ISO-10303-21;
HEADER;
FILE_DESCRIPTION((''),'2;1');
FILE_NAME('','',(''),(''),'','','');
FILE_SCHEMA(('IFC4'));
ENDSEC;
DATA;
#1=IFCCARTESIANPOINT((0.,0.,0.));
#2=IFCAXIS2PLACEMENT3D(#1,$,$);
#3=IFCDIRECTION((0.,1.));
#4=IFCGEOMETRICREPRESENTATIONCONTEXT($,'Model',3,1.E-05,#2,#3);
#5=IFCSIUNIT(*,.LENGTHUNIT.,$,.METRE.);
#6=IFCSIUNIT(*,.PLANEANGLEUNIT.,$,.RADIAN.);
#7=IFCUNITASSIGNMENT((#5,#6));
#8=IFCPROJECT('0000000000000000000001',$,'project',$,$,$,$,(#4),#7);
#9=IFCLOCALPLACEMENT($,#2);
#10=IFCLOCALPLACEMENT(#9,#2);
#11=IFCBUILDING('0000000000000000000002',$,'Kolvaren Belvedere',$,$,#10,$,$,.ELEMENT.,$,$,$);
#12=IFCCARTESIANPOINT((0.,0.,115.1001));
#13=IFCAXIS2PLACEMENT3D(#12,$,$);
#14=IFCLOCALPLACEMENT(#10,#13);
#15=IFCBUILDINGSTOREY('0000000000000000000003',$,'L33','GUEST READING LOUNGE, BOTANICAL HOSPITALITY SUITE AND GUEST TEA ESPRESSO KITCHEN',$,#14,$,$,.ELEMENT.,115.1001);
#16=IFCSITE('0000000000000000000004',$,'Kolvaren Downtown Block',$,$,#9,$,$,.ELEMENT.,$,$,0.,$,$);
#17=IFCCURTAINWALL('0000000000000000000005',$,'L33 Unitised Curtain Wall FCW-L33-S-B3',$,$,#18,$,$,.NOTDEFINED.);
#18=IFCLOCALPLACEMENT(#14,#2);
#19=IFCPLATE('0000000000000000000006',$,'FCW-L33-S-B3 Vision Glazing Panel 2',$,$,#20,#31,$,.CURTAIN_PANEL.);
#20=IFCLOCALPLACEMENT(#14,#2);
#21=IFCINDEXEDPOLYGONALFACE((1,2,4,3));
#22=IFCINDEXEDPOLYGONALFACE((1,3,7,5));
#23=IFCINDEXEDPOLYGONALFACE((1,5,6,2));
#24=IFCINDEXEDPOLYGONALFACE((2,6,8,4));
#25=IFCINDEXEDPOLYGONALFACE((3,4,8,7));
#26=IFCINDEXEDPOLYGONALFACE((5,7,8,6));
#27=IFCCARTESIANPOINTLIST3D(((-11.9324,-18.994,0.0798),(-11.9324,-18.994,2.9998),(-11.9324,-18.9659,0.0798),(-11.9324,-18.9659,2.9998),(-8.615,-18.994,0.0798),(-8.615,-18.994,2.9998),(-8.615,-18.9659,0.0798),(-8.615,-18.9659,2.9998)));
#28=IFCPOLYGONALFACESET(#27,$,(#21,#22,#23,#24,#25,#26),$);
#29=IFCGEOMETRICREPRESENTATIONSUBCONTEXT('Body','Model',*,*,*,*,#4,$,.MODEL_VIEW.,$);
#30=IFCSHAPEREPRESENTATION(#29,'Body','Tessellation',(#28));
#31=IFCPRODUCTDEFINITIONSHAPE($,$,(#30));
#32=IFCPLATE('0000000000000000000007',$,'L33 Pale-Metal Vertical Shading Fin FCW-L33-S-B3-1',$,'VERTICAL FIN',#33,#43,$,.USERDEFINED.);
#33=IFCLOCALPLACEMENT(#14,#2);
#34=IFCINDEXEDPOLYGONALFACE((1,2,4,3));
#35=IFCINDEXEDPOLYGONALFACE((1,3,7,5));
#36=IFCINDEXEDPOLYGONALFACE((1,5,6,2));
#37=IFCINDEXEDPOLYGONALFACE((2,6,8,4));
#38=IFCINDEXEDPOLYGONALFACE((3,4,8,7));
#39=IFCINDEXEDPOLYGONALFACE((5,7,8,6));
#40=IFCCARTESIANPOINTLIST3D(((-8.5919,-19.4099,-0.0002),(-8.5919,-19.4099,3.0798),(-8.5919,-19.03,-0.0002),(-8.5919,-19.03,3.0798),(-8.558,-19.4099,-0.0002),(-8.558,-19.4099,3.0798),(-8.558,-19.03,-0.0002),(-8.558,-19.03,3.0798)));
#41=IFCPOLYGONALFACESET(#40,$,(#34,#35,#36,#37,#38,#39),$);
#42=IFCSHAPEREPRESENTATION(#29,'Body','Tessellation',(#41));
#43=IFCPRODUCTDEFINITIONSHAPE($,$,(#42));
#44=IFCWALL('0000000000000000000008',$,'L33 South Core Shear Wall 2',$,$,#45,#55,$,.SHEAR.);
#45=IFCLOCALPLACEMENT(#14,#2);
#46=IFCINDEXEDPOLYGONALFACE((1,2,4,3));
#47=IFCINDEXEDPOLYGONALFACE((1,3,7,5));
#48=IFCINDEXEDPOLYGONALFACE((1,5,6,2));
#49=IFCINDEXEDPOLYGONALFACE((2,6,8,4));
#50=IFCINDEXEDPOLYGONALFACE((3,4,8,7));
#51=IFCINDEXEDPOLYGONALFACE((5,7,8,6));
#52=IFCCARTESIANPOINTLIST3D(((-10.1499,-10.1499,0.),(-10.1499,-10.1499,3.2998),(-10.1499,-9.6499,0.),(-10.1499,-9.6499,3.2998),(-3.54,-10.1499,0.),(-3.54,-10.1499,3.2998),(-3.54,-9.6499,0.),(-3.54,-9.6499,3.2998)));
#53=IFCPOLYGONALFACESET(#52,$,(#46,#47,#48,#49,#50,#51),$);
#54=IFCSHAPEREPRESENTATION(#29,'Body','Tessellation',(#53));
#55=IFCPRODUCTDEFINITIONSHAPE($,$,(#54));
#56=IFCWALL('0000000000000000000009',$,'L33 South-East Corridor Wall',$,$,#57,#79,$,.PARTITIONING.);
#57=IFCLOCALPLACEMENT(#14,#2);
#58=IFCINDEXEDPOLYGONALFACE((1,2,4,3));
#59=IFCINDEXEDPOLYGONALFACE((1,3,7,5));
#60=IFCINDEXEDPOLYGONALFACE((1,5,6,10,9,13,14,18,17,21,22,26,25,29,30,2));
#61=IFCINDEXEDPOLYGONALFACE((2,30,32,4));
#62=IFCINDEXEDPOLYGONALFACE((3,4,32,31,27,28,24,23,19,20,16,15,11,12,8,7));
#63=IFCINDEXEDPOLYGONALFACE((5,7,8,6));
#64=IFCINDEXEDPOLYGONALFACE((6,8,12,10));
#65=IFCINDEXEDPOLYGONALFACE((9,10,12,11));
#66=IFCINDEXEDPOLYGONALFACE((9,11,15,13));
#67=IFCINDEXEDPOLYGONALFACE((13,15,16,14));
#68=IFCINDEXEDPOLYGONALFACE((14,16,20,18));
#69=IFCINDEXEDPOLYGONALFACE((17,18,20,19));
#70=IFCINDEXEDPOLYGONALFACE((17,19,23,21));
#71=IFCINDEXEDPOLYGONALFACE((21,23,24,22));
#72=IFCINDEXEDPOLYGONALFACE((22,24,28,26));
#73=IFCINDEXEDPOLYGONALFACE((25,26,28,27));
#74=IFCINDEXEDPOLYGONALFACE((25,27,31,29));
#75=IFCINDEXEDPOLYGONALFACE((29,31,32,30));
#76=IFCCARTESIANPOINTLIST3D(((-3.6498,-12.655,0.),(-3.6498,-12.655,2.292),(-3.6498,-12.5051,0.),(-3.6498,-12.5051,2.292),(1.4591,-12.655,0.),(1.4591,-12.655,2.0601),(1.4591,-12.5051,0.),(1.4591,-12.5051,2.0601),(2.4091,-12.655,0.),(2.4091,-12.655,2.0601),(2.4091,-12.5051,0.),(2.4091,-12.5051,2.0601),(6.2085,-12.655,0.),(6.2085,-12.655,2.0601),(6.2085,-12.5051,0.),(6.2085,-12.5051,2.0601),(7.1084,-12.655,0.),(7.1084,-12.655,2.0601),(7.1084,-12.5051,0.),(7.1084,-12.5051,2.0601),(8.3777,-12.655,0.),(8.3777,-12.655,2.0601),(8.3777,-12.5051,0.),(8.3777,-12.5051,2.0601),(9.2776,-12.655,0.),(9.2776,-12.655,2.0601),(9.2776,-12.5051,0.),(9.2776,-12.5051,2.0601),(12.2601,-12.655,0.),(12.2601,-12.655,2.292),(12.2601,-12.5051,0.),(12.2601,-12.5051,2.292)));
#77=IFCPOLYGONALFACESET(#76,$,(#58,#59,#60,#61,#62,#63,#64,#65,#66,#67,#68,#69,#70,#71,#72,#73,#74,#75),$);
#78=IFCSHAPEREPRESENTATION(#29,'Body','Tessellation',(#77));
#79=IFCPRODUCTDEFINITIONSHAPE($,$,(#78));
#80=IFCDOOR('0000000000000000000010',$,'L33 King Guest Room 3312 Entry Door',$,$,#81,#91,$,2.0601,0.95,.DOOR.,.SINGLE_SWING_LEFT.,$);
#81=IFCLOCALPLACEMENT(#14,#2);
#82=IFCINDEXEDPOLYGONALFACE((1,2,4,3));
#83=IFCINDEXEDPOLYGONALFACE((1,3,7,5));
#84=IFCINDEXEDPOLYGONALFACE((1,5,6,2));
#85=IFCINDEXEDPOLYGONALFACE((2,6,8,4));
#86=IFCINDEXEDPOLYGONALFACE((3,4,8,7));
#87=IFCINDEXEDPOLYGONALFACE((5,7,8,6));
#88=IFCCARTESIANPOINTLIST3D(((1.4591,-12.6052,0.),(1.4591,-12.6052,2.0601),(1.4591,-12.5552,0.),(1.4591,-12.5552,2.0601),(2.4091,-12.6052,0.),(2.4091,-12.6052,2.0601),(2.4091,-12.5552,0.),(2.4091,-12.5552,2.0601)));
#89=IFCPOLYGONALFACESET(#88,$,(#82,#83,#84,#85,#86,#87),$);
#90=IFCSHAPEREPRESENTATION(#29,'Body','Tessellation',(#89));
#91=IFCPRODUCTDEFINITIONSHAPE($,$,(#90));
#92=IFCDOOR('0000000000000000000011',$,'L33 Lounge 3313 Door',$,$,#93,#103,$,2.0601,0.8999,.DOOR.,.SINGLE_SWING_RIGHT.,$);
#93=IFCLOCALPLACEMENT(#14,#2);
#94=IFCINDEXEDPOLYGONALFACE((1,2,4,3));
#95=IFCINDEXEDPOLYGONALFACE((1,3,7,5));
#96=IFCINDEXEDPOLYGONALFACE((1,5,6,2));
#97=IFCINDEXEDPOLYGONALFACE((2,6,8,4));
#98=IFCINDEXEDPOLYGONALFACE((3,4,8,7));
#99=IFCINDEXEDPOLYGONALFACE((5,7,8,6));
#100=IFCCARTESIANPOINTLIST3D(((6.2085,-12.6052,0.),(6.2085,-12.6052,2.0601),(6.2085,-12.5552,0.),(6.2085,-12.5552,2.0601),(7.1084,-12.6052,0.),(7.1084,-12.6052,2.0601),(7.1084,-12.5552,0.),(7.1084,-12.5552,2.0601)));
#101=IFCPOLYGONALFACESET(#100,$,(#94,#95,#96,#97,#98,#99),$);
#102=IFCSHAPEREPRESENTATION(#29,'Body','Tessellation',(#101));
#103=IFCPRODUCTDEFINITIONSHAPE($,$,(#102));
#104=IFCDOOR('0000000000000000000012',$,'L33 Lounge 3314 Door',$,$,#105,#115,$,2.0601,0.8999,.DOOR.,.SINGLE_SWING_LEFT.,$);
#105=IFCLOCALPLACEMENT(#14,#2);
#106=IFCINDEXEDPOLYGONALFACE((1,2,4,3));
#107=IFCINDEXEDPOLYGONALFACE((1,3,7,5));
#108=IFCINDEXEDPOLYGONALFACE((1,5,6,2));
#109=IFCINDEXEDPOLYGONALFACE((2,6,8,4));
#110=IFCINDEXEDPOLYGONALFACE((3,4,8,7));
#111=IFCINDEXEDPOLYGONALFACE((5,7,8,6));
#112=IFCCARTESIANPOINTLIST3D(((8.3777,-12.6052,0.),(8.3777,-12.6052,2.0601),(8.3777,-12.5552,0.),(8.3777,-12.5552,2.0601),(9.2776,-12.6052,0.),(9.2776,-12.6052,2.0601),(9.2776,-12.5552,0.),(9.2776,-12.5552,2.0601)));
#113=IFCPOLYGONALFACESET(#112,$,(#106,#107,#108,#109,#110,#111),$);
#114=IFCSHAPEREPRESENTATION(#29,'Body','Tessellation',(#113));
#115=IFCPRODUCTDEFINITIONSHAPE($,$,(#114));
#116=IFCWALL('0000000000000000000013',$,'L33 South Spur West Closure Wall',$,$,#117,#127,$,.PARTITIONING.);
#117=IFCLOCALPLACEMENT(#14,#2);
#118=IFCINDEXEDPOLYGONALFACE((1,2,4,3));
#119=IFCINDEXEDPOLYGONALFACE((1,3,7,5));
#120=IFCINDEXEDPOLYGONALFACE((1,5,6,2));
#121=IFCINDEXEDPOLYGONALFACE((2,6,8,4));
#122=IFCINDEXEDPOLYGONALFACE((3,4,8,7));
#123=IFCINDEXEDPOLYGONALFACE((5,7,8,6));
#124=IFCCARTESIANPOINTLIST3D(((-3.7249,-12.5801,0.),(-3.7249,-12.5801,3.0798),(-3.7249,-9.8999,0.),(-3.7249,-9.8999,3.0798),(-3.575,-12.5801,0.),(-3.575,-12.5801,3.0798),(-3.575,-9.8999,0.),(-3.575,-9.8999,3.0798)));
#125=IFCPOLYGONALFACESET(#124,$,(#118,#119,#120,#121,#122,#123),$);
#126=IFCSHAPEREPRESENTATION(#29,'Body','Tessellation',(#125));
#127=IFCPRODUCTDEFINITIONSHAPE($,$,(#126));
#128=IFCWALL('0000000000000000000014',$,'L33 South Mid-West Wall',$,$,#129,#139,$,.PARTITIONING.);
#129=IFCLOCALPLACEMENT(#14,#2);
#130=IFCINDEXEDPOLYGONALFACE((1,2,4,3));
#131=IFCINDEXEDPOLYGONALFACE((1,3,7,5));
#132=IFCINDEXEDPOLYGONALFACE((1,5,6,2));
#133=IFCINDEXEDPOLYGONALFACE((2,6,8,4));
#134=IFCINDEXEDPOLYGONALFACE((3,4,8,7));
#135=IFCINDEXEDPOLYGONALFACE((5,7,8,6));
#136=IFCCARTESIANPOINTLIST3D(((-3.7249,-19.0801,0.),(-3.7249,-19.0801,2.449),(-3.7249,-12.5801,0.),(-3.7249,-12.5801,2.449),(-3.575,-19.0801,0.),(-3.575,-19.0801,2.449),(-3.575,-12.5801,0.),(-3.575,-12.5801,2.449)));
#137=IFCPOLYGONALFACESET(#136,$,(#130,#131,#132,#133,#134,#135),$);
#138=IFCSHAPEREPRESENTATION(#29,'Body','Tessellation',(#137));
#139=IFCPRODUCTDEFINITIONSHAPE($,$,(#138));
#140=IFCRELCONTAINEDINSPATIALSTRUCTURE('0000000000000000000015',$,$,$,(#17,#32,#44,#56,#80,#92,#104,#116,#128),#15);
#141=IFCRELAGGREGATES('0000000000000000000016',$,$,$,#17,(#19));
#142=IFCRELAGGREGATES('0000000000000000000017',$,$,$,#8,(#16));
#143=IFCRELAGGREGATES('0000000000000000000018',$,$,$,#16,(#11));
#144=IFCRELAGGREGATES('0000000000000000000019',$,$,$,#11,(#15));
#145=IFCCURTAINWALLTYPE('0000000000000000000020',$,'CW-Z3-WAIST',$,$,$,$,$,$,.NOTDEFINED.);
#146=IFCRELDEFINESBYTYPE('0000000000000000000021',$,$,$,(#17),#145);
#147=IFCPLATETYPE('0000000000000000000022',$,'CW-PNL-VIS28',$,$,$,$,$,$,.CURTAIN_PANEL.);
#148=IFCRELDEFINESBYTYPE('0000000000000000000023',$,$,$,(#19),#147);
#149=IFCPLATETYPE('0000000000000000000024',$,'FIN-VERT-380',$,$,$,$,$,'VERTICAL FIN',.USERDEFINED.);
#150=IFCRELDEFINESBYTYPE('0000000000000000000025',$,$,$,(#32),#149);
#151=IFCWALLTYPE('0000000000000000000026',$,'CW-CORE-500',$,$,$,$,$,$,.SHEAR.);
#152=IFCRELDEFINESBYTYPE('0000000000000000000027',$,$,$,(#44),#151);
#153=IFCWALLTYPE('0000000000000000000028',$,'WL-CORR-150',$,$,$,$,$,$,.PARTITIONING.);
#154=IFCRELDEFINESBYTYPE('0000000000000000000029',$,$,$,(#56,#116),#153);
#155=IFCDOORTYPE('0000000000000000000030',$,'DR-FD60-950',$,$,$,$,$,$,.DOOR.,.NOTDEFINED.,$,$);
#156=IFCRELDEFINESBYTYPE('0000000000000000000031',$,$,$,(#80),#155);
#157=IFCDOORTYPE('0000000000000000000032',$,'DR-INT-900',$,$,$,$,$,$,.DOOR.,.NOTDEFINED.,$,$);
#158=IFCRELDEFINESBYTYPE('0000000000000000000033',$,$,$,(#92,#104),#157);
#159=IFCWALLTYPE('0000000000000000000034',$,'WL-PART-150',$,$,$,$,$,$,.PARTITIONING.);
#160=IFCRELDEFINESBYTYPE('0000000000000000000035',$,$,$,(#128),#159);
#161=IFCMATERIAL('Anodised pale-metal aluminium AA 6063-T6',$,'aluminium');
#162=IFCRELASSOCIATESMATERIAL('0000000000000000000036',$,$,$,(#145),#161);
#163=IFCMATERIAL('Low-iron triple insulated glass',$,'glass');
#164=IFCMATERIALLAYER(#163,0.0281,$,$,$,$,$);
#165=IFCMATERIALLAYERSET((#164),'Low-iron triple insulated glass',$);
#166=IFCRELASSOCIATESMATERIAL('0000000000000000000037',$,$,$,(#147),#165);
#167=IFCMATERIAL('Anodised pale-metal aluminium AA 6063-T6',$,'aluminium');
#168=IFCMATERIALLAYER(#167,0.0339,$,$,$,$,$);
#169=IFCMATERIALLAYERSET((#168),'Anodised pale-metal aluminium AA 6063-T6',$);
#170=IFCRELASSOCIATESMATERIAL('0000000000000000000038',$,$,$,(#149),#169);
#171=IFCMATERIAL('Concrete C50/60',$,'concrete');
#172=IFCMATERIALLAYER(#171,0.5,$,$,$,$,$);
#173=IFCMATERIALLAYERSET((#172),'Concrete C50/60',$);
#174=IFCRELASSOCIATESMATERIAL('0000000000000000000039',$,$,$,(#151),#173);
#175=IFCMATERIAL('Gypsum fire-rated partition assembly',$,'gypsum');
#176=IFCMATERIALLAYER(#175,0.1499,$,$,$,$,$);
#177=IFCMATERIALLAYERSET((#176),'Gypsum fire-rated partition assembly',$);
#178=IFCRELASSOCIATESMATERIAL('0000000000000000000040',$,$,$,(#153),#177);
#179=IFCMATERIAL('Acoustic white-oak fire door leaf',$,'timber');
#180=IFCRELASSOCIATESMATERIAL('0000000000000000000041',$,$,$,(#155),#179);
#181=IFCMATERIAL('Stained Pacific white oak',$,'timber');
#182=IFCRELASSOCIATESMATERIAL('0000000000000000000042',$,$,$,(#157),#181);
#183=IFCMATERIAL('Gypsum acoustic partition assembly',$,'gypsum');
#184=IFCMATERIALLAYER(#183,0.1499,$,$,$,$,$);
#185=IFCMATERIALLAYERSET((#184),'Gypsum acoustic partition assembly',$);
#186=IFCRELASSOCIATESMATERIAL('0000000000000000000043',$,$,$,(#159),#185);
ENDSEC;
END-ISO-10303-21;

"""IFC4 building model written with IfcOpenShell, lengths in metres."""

from ifc_helpers import new_model, si_unit, direction, frame, frame_2d, origin, origin_2d, place, context, subcontext, project, spatial, rectangle, extrude, material, layer, layer_set, type_object, element, fill, aggregate, save


model = new_model("IFC4")

# Units and contexts
model_context = context("Model", 3, precision=1e-05, world=origin(), true_north=direction((0.0, 1.0)))
body_context = subcontext(model_context, "Body", "Model", "MODEL_VIEW")
ifc_project = project(units=[si_unit("LENGTHUNIT", "METRE"), si_unit("PLANEANGLEUNIT", "RADIAN")], contexts=[model_context])

# Site, building, storey
site_placement = place(None, origin())
site = spatial("IfcSite", under=ifc_project, at=site_placement, Name="Kolvaren Downtown Block", CompositionType="ELEMENT", RefElevation=0.0)
building_placement = place(site_placement, origin())
building = spatial("IfcBuilding", under=site, at=building_placement, Name="Kolvaren Belvedere", CompositionType="ELEMENT")
storey_placement = place(building_placement, frame((0.0, 0.0, 115.1001)))
storey = spatial("IfcBuildingStorey", under=building, at=storey_placement, Name="L33", Description="GUEST READING LOUNGE, BOTANICAL HOSPITALITY SUITE AND GUEST TEA ESPRESSO KITCHEN", CompositionType="ELEMENT", Elevation=115.1001)

# Shared definitions
ifc_material_1 = material(Name="Anodised pale-metal aluminium AA 6063-T6", Category="aluminium")
curtain_wall_type = type_object("IfcCurtainWallType", Name="CW-Z3-WAIST", PredefinedType="NOTDEFINED", material=ifc_material_1)

# Curtain wall
curtain_wall_1_placement = place(storey_placement, origin())
curtain_wall_1 = element("IfcCurtainWall", 1, at=curtain_wall_1_placement, inside=storey, type_object=curtain_wall_type, Name="L33 Unitised Curtain Wall FCW-L33-S-B3", PredefinedType="NOTDEFINED")

# Plates
ifc_material_2 = material(Name="Low-iron triple insulated glass", Category="glass")
ifc_layer_1 = layer(ifc_material_2, 0.0281)
ifc_layer_set_1 = layer_set([ifc_layer_1], Name="Low-iron triple insulated glass")
plate_type_1 = type_object("IfcPlateType", Name="CW-PNL-VIS28", PredefinedType="CURTAIN_PANEL", material=ifc_layer_set_1)
plate_1_placement = place(storey_placement, frame((-10.2737, -18.98, 0.0798), z_axis=(0.0, 0.0, 1.0), x_axis=(-1.0, 0.0, 0.0)))
plate_1 = element("IfcPlate", 2, at=plate_1_placement, type_object=plate_type_1, Name="FCW-L33-S-B3 Vision Glazing Panel 2", PredefinedType="CURTAIN_PANEL", context=body_context, shape_type="SweptSolid", body=[
    extrude(rectangle(XDim=3.3174, YDim=0.0281, at=origin_2d()), origin(), (0.0, 0.0, 1.0), 2.9199),
])
aggregate(curtain_wall_1, [plate_1])
ifc_material_3 = material(Name="Anodised pale-metal aluminium AA 6063-T6", Category="aluminium")
ifc_layer_2 = layer(ifc_material_3, 0.0339)
ifc_layer_set_2 = layer_set([ifc_layer_2], Name="Anodised pale-metal aluminium AA 6063-T6")
plate_type_2 = type_object("IfcPlateType", Name="FIN-VERT-380", ElementType="VERTICAL FIN", PredefinedType="USERDEFINED", material=ifc_layer_set_2)
plate_2_placement = place(storey_placement, frame((-8.575, -19.22, -0.0002), z_axis=(0.0, 0.0, 1.0), x_axis=(0.0, 1.0, 0.0)))
element("IfcPlate", 3, at=plate_2_placement, inside=storey, type_object=plate_type_2, Name="L33 Pale-Metal Vertical Shading Fin FCW-L33-S-B3-1", ObjectType="VERTICAL FIN", PredefinedType="USERDEFINED", context=body_context, shape_type="SweptSolid", body=[
    extrude(rectangle(XDim=0.3799, YDim=0.0339, at=origin_2d()), origin(), (0.0, 0.0, 1.0), 3.0801),
])

# Wall
ifc_material_4 = material(Name="Concrete C50/60", Category="concrete")
ifc_layer_3 = layer(ifc_material_4, 0.5)
ifc_layer_set_3 = layer_set([ifc_layer_3], Name="Concrete C50/60")
wall_type_1 = type_object("IfcWallType", Name="CW-CORE-500", PredefinedType="SHEAR", material=ifc_layer_set_3)
wall_1_placement = place(storey_placement, frame((-3.54, -9.8999, 0.0), z_axis=(0.0, 0.0, 1.0), x_axis=(-1.0, 0.0, 0.0)))
element("IfcWall", 4, at=wall_1_placement, inside=storey, type_object=wall_type_1, Name="L33 South Core Shear Wall 2", PredefinedType="SHEAR", context=body_context, shape_type="SweptSolid", body=[
    extrude(rectangle(XDim=6.6099, YDim=0.5, at=frame_2d((3.3049, 0.0))), origin(), (0.0, 0.0, 1.0), 3.2998),
])

# Wall, openings, doors
ifc_material_5 = material(Name="Gypsum fire-rated partition assembly", Category="gypsum")
ifc_layer_4 = layer(ifc_material_5, 0.1499)
ifc_layer_set_4 = layer_set([ifc_layer_4], Name="Gypsum fire-rated partition assembly")
wall_type_2 = type_object("IfcWallType", Name="WL-CORR-150", PredefinedType="PARTITIONING", material=ifc_layer_set_4)
wall_2_placement = place(storey_placement, frame((-3.6499, -12.5801, 0.0), z_axis=(0.0, 0.0, 1.0), x_axis=(1.0, 0.0, 0.0)))
wall_2 = element("IfcWall", 5, at=wall_2_placement, inside=storey, type_object=wall_type_2, Name="L33 South-East Corridor Wall", PredefinedType="PARTITIONING", context=body_context, shape_type="SweptSolid", body=[
    extrude(rectangle(XDim=15.9099, YDim=0.1499, at=frame_2d((7.9551, 0.0))), origin(), (0.0, 0.0, 1.0), 2.292),
])
opening_1_placement = place(wall_2_placement, frame((5.1089, 0.0, 0.0)))
opening_1 = element("IfcOpeningElement", 6, at=opening_1_placement, cuts=wall_2, PredefinedType="OPENING", context=body_context, shape_type="SweptSolid", body=[
    extrude(rectangle(XDim=0.95, YDim=2.0601, at=frame_2d((0.4751, 1.03))), frame((0.0, 0.085, 0.0), z_axis=(0.0, -1.0, 0.0), x_axis=(1.0, 0.0, 0.0)), (0.0, 0.0, 1.0), 0.1699),
])
opening_2_placement = place(wall_2_placement, frame((9.8584, 0.0, 0.0)))
opening_2 = element("IfcOpeningElement", 7, at=opening_2_placement, cuts=wall_2, PredefinedType="OPENING", context=body_context, shape_type="SweptSolid", body=[
    extrude(rectangle(XDim=0.8999, YDim=2.0601, at=frame_2d((0.45, 1.03))), frame((0.0, 0.085, 0.0), z_axis=(0.0, -1.0, 0.0), x_axis=(1.0, 0.0, 0.0)), (0.0, 0.0, 1.0), 0.1699),
])
opening_3_placement = place(wall_2_placement, frame((12.0276, 0.0, 0.0)))
opening_3 = element("IfcOpeningElement", 8, at=opening_3_placement, cuts=wall_2, PredefinedType="OPENING", context=body_context, shape_type="SweptSolid", body=[
    extrude(rectangle(XDim=0.8999, YDim=2.0601, at=frame_2d((0.45, 1.03))), frame((0.0, 0.085, 0.0), z_axis=(0.0, -1.0, 0.0), x_axis=(1.0, 0.0, 0.0)), (0.0, 0.0, 1.0), 0.1699),
])
ifc_material_6 = material(Name="Acoustic white-oak fire door leaf", Category="timber")
door_type_1 = type_object("IfcDoorType", Name="DR-FD60-950", OperationType="NOTDEFINED", PredefinedType="DOOR", material=ifc_material_6)
door_1_placement = place(opening_1_placement, origin())
door_1 = element("IfcDoor", 9, at=door_1_placement, inside=storey, type_object=door_type_1, Name="L33 King Guest Room 3312 Entry Door", OperationType="SINGLE_SWING_LEFT", OverallHeight=2.0601, OverallWidth=0.95, PredefinedType="DOOR", context=body_context, shape_type="SweptSolid", body=[
    extrude(rectangle(XDim=0.95, YDim=2.0601, at=frame_2d((0.4751, 1.03))), frame((0.0, 0.0249, 0.0), z_axis=(0.0, -1.0, 0.0), x_axis=(1.0, 0.0, 0.0)), (0.0, 0.0, 1.0), 0.05),
])
fill(opening_1, door_1)
ifc_material_7 = material(Name="Stained Pacific white oak", Category="timber")
door_type_2 = type_object("IfcDoorType", Name="DR-INT-900", OperationType="NOTDEFINED", PredefinedType="DOOR", material=ifc_material_7)
door_2_placement = place(opening_2_placement, origin())
door_2 = element("IfcDoor", 10, at=door_2_placement, inside=storey, type_object=door_type_2, Name="L33 Lounge 3313 Door", OperationType="SINGLE_SWING_RIGHT", OverallHeight=2.0601, OverallWidth=0.8999, PredefinedType="DOOR", context=body_context, shape_type="SweptSolid", body=[
    extrude(rectangle(XDim=0.8999, YDim=2.0601, at=frame_2d((0.45, 1.03))), frame((0.0, 0.0249, 0.0), z_axis=(0.0, -1.0, 0.0), x_axis=(1.0, 0.0, 0.0)), (0.0, 0.0, 1.0), 0.05),
])
fill(opening_2, door_2)
door_3_placement = place(opening_3_placement, origin())
door_3 = element("IfcDoor", 11, at=door_3_placement, inside=storey, type_object=door_type_2, Name="L33 Lounge 3314 Door", OperationType="SINGLE_SWING_LEFT", OverallHeight=2.0601, OverallWidth=0.8999, PredefinedType="DOOR", context=body_context, shape_type="SweptSolid", body=[
    extrude(rectangle(XDim=0.8999, YDim=2.0601, at=frame_2d((0.45, 1.03))), frame((0.0, 0.0249, 0.0), z_axis=(0.0, -1.0, 0.0), x_axis=(1.0, 0.0, 0.0)), (0.0, 0.0, 1.0), 0.05),
])
fill(opening_3, door_3)

# Walls
wall_3_placement = place(storey_placement, frame((-3.6499, -12.5801, 0.0), z_axis=(0.0, 0.0, 1.0), x_axis=(0.0, 1.0, 0.0)))
element("IfcWall", 12, at=wall_3_placement, inside=storey, type_object=wall_type_2, Name="L33 South Spur West Closure Wall", PredefinedType="PARTITIONING", context=body_context, shape_type="SweptSolid", body=[
    extrude(rectangle(XDim=2.6802, YDim=0.1499, at=frame_2d((1.3401, 0.0))), origin(), (0.0, 0.0, 1.0), 3.0798),
])
ifc_material_8 = material(Name="Gypsum acoustic partition assembly", Category="gypsum")
ifc_layer_5 = layer(ifc_material_8, 0.1499)
ifc_layer_set_5 = layer_set([ifc_layer_5], Name="Gypsum acoustic partition assembly")
wall_type_3 = type_object("IfcWallType", Name="WL-PART-150", PredefinedType="PARTITIONING", material=ifc_layer_set_5)
wall_4_placement = place(storey_placement, frame((-3.6499, -19.0801, 0.0), z_axis=(0.0, 0.0, 1.0), x_axis=(0.0, 1.0, 0.0)))
element("IfcWall", 13, at=wall_4_placement, inside=storey, type_object=wall_type_3, Name="L33 South Mid-West Wall", PredefinedType="PARTITIONING", context=body_context, shape_type="SweptSolid", body=[
    extrude(rectangle(XDim=6.5, YDim=0.1499, at=frame_2d((3.25, 0.0))), origin(), (0.0, 0.0, 1.0), 2.449),
])

save(model, "model.ifc")
